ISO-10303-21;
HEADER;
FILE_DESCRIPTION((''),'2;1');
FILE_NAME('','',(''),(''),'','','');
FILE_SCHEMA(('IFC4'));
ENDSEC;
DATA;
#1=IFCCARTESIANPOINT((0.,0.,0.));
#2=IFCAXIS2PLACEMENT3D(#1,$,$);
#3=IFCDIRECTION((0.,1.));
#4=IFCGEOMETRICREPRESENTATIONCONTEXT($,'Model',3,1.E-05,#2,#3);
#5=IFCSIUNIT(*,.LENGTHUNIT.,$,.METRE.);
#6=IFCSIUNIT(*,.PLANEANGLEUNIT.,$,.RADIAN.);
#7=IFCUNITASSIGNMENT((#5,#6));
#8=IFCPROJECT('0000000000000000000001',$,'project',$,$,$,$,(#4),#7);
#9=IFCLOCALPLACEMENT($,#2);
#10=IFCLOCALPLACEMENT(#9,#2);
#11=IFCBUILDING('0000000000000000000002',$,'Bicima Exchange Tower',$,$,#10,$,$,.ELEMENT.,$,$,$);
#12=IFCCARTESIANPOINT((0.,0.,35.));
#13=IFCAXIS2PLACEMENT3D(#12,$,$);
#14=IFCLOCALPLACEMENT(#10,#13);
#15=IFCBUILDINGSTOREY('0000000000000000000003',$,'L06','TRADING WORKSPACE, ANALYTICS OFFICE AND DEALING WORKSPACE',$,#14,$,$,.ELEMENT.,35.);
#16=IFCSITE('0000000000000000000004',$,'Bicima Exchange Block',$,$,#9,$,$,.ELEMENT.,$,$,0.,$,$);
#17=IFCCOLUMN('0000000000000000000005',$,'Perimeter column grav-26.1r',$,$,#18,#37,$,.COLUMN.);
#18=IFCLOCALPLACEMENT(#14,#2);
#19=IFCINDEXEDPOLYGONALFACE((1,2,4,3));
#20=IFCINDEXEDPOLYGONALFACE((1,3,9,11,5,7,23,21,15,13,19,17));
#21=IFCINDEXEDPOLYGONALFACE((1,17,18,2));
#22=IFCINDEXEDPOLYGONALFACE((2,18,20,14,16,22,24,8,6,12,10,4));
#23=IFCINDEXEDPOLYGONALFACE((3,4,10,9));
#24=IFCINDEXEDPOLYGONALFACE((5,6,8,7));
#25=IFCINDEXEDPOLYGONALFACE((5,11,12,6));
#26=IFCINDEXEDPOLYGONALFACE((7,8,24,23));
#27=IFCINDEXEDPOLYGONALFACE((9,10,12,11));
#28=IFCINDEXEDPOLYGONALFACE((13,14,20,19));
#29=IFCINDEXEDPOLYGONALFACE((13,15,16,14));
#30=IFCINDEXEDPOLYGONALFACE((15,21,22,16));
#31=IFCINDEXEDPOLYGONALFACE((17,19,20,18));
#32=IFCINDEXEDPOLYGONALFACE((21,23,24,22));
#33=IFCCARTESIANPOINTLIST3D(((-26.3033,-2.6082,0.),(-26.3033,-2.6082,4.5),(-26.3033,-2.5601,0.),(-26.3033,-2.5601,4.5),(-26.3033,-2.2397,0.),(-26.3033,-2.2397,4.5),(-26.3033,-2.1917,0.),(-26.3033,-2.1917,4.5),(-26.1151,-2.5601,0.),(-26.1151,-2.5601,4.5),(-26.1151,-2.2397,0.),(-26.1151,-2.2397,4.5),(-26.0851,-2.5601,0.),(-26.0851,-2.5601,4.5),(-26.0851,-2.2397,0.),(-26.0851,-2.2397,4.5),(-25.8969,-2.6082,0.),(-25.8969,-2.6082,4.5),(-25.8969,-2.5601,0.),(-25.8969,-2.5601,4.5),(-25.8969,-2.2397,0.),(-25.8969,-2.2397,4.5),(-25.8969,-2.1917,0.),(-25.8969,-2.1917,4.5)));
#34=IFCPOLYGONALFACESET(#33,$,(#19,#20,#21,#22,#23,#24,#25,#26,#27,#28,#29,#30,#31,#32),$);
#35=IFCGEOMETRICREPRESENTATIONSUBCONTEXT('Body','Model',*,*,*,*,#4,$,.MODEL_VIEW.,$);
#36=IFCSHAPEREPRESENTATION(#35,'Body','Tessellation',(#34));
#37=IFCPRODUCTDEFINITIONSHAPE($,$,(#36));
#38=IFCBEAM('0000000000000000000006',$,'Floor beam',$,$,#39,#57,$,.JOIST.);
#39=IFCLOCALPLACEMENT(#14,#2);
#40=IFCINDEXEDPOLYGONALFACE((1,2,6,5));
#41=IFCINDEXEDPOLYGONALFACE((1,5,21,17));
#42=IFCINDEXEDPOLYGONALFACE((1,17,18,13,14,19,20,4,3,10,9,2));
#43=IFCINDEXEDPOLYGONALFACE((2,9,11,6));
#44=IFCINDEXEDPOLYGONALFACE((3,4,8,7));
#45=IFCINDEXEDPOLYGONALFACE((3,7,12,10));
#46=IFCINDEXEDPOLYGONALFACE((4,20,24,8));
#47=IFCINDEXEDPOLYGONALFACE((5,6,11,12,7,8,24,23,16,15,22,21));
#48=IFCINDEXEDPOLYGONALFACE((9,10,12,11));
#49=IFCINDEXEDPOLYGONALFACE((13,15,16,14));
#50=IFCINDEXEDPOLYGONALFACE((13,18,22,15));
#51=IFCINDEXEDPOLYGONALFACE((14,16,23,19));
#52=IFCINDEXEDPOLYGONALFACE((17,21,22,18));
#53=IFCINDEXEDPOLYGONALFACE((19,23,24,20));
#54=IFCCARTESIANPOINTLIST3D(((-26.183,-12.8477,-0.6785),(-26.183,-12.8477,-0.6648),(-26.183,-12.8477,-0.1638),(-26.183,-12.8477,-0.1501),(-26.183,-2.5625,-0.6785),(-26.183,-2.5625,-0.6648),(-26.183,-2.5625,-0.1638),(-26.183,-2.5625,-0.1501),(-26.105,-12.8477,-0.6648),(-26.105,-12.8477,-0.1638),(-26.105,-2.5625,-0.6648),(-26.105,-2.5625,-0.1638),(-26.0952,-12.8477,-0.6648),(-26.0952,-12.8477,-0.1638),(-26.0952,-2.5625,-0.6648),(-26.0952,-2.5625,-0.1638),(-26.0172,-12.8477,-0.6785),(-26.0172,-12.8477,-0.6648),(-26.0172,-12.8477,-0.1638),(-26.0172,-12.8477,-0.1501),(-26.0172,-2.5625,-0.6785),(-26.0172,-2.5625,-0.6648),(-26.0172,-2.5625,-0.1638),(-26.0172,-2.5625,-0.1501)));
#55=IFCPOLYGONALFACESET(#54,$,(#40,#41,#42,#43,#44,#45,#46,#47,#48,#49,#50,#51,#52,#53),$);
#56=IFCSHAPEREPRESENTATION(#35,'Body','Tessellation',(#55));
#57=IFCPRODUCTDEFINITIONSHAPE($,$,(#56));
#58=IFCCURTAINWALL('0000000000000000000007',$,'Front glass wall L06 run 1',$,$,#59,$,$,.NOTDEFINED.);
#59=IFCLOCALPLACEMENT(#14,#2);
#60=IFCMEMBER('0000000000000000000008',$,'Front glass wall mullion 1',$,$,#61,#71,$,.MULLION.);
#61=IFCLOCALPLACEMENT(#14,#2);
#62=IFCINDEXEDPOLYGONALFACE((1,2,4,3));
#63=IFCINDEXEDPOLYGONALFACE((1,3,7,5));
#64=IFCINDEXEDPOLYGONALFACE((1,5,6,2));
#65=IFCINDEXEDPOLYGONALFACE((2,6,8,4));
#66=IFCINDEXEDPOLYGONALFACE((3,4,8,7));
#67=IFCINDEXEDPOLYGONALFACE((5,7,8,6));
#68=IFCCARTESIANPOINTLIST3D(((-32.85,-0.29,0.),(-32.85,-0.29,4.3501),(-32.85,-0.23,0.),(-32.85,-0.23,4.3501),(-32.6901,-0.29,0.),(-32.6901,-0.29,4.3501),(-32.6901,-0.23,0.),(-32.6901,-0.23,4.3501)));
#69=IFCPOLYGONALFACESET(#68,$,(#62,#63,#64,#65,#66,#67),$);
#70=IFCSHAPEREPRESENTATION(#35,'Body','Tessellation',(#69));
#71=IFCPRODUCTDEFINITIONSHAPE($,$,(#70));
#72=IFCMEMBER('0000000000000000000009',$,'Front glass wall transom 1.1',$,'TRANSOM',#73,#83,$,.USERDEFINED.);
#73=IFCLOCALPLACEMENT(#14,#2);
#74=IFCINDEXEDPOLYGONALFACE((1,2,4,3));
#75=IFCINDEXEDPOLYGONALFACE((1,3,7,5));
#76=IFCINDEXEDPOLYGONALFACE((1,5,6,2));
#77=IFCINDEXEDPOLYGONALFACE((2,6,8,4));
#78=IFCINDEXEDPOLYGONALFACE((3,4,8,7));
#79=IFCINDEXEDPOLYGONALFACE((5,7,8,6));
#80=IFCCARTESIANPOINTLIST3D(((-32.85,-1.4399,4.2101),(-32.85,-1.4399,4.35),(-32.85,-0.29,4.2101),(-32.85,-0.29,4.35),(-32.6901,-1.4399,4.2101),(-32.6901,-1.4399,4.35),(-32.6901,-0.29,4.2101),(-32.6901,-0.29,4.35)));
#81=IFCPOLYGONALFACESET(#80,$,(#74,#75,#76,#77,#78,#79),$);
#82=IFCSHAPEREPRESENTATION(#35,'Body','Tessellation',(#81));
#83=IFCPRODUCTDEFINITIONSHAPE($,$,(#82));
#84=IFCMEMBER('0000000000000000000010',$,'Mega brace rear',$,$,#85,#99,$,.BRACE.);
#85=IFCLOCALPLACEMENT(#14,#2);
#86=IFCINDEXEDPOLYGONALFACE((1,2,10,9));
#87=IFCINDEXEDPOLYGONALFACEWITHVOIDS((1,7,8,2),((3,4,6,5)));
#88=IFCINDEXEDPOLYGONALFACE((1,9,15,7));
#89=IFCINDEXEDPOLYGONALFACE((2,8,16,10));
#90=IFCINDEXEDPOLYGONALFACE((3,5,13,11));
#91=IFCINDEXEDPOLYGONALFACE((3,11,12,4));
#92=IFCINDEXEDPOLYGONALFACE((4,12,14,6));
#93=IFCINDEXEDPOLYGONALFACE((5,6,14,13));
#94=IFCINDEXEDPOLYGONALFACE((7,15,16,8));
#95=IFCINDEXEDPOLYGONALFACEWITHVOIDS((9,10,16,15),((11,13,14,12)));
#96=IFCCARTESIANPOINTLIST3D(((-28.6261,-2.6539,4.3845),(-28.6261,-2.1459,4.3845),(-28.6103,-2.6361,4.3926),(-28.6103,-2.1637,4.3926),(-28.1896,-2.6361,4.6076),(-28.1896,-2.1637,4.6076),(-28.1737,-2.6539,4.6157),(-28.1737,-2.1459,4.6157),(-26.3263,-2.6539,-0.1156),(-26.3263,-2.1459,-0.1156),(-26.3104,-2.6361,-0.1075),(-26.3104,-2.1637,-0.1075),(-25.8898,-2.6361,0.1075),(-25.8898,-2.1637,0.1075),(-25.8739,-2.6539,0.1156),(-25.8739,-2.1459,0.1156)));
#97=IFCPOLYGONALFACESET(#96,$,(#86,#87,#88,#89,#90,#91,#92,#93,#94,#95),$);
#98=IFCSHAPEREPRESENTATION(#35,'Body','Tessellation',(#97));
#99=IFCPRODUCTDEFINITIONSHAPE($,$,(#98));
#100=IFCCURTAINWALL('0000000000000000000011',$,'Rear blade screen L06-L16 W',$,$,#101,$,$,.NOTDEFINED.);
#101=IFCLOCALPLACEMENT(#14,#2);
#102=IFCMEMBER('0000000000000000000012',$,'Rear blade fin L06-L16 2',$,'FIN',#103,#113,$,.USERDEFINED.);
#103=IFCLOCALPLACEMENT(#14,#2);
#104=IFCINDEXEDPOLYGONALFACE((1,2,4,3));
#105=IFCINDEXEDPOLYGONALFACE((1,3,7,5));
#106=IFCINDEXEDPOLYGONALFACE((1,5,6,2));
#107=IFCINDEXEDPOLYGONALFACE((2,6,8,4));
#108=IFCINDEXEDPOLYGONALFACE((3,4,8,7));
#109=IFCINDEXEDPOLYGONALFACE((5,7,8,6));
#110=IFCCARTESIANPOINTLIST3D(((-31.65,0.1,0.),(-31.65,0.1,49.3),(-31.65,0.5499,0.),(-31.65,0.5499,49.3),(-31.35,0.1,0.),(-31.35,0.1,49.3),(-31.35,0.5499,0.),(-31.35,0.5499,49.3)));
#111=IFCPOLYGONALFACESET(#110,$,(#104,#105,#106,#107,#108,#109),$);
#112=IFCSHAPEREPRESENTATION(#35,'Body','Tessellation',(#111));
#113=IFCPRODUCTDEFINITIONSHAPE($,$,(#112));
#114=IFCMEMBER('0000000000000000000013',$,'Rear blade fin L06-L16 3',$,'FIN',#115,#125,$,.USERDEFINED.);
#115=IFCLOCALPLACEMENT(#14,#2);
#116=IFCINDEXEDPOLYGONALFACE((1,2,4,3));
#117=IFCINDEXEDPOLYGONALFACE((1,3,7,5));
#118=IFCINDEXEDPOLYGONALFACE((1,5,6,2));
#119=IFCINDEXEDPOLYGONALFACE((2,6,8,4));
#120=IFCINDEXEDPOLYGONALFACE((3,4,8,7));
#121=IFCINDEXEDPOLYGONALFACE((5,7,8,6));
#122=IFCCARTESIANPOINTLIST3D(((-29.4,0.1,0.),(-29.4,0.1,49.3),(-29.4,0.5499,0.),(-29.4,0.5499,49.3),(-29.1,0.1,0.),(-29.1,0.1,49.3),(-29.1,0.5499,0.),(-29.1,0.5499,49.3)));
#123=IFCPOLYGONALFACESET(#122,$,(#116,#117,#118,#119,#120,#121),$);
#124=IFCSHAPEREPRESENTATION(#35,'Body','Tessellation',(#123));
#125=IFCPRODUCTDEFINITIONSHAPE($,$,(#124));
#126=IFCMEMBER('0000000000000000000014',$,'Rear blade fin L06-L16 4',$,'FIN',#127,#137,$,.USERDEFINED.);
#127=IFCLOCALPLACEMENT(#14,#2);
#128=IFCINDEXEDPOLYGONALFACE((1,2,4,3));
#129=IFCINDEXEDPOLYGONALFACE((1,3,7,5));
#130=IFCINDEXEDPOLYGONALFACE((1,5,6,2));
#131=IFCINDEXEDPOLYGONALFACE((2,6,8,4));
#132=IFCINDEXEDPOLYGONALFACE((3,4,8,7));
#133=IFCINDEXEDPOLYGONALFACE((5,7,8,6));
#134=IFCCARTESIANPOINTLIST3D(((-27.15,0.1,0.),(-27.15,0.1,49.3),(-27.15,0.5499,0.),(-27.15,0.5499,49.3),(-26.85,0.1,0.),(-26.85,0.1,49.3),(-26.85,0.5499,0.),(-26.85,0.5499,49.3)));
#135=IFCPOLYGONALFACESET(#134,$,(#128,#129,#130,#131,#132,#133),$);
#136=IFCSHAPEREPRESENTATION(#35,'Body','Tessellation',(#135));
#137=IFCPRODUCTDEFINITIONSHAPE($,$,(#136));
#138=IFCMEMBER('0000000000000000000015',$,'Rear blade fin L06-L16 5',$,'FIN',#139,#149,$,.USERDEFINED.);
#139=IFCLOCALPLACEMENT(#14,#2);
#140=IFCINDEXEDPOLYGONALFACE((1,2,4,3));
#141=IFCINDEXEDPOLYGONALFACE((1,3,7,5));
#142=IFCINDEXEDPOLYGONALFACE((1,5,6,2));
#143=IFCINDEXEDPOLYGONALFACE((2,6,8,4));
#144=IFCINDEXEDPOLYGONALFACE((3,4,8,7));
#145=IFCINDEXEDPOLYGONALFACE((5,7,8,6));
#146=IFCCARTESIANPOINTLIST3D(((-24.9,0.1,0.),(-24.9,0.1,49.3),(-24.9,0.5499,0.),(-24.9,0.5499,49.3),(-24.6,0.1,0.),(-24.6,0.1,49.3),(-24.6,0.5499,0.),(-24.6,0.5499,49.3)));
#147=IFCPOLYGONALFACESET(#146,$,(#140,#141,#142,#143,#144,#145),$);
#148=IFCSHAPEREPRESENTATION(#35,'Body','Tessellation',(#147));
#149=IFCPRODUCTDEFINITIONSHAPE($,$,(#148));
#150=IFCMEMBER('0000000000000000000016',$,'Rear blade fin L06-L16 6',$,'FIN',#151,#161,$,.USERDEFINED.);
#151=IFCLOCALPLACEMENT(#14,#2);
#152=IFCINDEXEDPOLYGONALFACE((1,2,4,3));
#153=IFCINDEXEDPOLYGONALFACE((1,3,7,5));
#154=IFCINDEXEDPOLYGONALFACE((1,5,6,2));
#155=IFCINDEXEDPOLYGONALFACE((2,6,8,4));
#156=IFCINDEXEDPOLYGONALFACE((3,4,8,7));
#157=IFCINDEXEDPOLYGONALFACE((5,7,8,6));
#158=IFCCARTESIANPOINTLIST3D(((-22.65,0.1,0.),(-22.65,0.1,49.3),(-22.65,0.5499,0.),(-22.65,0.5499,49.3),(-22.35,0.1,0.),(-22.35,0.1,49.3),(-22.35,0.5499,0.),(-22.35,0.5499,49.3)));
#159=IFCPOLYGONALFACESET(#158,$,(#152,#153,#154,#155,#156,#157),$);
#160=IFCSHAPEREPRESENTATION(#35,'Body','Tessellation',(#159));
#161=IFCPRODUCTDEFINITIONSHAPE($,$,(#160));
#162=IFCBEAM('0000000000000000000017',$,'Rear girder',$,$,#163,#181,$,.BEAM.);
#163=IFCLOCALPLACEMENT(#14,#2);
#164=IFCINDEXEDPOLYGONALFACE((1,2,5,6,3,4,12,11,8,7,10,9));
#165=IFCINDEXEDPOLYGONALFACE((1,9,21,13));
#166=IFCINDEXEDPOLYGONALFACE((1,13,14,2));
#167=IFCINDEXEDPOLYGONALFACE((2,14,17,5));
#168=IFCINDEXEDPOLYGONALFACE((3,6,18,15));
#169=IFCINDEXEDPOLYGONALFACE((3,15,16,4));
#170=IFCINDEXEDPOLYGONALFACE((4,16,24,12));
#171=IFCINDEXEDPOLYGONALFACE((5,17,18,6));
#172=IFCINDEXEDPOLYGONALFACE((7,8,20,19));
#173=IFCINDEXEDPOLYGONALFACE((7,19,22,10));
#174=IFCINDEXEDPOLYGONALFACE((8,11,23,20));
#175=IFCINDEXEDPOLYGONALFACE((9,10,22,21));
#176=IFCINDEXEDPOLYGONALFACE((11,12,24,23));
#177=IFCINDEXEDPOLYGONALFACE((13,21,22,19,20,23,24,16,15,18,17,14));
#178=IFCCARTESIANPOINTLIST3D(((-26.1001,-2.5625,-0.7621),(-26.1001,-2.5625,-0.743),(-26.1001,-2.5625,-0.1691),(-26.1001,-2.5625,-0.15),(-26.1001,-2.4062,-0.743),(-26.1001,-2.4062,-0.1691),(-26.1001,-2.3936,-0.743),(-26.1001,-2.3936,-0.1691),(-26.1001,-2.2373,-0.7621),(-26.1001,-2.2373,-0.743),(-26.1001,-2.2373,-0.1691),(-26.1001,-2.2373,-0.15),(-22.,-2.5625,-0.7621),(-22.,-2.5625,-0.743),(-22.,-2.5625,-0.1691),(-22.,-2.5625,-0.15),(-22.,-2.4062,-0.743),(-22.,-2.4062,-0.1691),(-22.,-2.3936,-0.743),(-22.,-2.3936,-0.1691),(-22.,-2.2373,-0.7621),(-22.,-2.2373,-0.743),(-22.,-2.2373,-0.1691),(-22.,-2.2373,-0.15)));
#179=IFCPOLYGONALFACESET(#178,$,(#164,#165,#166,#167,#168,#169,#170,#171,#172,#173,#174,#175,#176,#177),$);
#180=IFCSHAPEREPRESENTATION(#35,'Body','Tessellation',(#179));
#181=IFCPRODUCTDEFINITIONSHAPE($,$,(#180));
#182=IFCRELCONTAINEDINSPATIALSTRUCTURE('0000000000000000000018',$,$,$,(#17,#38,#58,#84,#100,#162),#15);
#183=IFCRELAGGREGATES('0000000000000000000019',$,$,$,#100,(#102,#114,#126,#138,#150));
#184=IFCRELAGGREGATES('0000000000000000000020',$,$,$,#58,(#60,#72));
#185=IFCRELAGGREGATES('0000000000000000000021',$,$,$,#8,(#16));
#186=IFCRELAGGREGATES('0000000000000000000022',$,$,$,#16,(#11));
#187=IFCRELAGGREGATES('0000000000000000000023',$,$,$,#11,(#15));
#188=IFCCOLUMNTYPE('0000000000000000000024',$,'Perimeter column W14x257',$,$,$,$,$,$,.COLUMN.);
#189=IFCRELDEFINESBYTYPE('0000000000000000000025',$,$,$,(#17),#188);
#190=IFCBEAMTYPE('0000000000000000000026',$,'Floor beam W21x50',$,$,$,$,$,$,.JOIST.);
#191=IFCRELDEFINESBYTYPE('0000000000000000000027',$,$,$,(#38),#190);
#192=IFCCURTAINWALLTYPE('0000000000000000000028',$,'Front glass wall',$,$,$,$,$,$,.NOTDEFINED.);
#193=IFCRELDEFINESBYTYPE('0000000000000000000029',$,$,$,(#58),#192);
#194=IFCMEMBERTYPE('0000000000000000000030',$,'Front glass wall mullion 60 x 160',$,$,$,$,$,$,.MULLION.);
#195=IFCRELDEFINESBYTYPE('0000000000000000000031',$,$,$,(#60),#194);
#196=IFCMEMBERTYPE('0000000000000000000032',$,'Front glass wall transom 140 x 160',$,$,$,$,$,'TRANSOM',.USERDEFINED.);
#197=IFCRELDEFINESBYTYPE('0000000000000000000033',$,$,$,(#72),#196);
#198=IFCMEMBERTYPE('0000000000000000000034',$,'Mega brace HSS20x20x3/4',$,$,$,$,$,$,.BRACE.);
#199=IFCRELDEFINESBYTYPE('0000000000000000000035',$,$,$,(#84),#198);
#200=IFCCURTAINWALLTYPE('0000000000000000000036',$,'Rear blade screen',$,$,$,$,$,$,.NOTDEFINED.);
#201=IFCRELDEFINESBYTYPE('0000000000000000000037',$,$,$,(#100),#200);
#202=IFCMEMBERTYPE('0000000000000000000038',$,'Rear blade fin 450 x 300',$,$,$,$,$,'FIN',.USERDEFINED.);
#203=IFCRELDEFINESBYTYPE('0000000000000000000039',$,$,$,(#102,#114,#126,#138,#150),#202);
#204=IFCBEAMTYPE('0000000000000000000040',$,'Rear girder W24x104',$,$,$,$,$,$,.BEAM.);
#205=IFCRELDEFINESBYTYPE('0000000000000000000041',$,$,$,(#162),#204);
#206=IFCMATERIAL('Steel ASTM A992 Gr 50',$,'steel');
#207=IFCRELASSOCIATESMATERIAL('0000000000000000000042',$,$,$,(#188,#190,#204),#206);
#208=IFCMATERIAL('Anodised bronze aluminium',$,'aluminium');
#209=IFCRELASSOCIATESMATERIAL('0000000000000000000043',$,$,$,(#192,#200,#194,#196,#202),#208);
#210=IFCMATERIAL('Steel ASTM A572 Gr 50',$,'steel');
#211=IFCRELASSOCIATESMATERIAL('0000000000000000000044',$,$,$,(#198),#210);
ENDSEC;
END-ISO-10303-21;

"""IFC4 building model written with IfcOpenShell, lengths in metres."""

from ifc_helpers import new_model, si_unit, direction, frame, origin, origin_2d, place, context, subcontext, project, spatial, rectangle, hollow_rectangle, i_section, extrude, material, material_profile, profile_set, type_object, element, aggregate, save


model = new_model("IFC4")

# Units and contexts
model_context = context("Model", 3, precision=1e-05, world=origin(), true_north=direction((0.0, 1.0)))
body_context = subcontext(model_context, "Body", "Model", "MODEL_VIEW")
ifc_project = project(units=[si_unit("LENGTHUNIT", "METRE"), si_unit("PLANEANGLEUNIT", "RADIAN")], contexts=[model_context])

# Site, building, storey
site_placement = place(None, origin())
site = spatial("IfcSite", under=ifc_project, at=site_placement, Name="Bicima Exchange Block", CompositionType="ELEMENT", RefElevation=0.0)
building_placement = place(site_placement, origin())
building = spatial("IfcBuilding", under=site, at=building_placement, Name="Bicima Exchange Tower", CompositionType="ELEMENT")
storey_placement = place(building_placement, frame((0.0, 0.0, 35.0)))
storey = spatial("IfcBuildingStorey", under=building, at=storey_placement, Name="L06", Description="TRADING WORKSPACE, ANALYTICS OFFICE AND DEALING WORKSPACE", CompositionType="ELEMENT", Elevation=35.0)

# Column
ifc_material_1 = material(Name="Steel ASTM A992 Gr 50", Category="steel")
ifc_material_profile_1 = material_profile(ifc_material_1, i_section(OverallWidth=0.4065, OverallDepth=0.4165, WebThickness=0.03, FlangeThickness=0.0481, at=origin_2d()))
ifc_profile_set_1 = profile_set([ifc_material_profile_1], Name="Steel ASTM A992 Gr 50")
column_type = type_object("IfcColumnType", Name="Perimeter column W14x257", PredefinedType="COLUMN", material=ifc_profile_set_1)
column_placement = place(storey_placement, frame((-26.1001, -2.3999, 0.0), z_axis=(0.0, 0.0, 1.0), x_axis=(1.0, 0.0, 0.0)))
element("IfcColumn", 1, at=column_placement, inside=storey, type_object=column_type, Name="Perimeter column grav-26.1r", PredefinedType="COLUMN", context=body_context, shape_type="SweptSolid", body=[
    extrude(i_section(OverallWidth=0.4065, OverallDepth=0.4165, WebThickness=0.03, FlangeThickness=0.0481, at=origin_2d()), origin(), (0.0, 0.0, 1.0), 4.5),
])

# Beam
ifc_material_profile_2 = material_profile(ifc_material_1, i_section(OverallWidth=0.1658, OverallDepth=0.5283, WebThickness=0.0098, FlangeThickness=0.0137, at=origin_2d()))
ifc_profile_set_2 = profile_set([ifc_material_profile_2], Name="Steel ASTM A992 Gr 50")
beam_type_1 = type_object("IfcBeamType", Name="Floor beam W21x50", PredefinedType="JOIST", material=ifc_profile_set_2)
beam_1_placement = place(storey_placement, frame((-26.1001, -2.5625, -0.4143), z_axis=(0.0, -1.0, 0.0), x_axis=(1.0, 0.0, 0.0)))
element("IfcBeam", 2, at=beam_1_placement, inside=storey, type_object=beam_type_1, Name="Floor beam", PredefinedType="JOIST", context=body_context, shape_type="SweptSolid", body=[
    extrude(i_section(OverallWidth=0.1658, OverallDepth=0.5283, WebThickness=0.0098, FlangeThickness=0.0137, at=origin_2d()), origin(), (0.0, 0.0, 1.0), 10.2852),
])

# Curtain wall, members
ifc_material_2 = material(Name="Anodised bronze aluminium", Category="aluminium")
curtain_wall_type_1 = type_object("IfcCurtainWallType", Name="Front glass wall", PredefinedType="NOTDEFINED", material=ifc_material_2)
curtain_wall_1_placement = place(storey_placement, origin())
curtain_wall_1 = element("IfcCurtainWall", 3, at=curtain_wall_1_placement, inside=storey, type_object=curtain_wall_type_1, Name="Front glass wall L06 run 1", PredefinedType="NOTDEFINED")
ifc_material_profile_3 = material_profile(ifc_material_2, rectangle(XDim=0.1599, YDim=0.0601, at=origin_2d()))
ifc_profile_set_3 = profile_set([ifc_material_profile_3], Name="Anodised bronze aluminium")
member_type_1 = type_object("IfcMemberType", Name="Front glass wall mullion 60 x 160", PredefinedType="MULLION", material=ifc_profile_set_3)
member_1_placement = place(storey_placement, frame((-32.77, -0.26, 0.0), z_axis=(0.0, 0.0, 1.0), x_axis=(1.0, 0.0, 0.0)))
member_1 = element("IfcMember", 4, at=member_1_placement, type_object=member_type_1, Name="Front glass wall mullion 1", PredefinedType="MULLION", context=body_context, shape_type="SweptSolid", body=[
    extrude(rectangle(XDim=0.1599, YDim=0.0601, at=origin_2d()), origin(), (0.0, 0.0, 1.0), 4.3501),
])
ifc_material_profile_4 = material_profile(ifc_material_2, rectangle(XDim=0.1599, YDim=0.1399, at=origin_2d()))
ifc_profile_set_4 = profile_set([ifc_material_profile_4], Name="Anodised bronze aluminium")
member_type_2 = type_object("IfcMemberType", Name="Front glass wall transom 140 x 160", ElementType="TRANSOM", PredefinedType="USERDEFINED", material=ifc_profile_set_4)
member_2_placement = place(storey_placement, frame((-32.77, -0.29, 4.28), z_axis=(0.0, -1.0, 0.0), x_axis=(1.0, 0.0, 0.0)))
member_2 = element("IfcMember", 5, at=member_2_placement, type_object=member_type_2, Name="Front glass wall transom 1.1", ObjectType="TRANSOM", PredefinedType="USERDEFINED", context=body_context, shape_type="SweptSolid", body=[
    extrude(rectangle(XDim=0.1599, YDim=0.1399, at=origin_2d()), origin(), (0.0, 0.0, 1.0), 1.1499),
])

# Member
ifc_material_3 = material(Name="Steel ASTM A572 Gr 50", Category="steel")
ifc_material_profile_5 = material_profile(ifc_material_3, hollow_rectangle(XDim=0.5081, YDim=0.5081, WallThickness=0.0178, at=origin_2d()))
ifc_profile_set_5 = profile_set([ifc_material_profile_5], Name="Steel ASTM A572 Gr 50")
member_type_3 = type_object("IfcMemberType", Name="Mega brace HSS20x20x3/4", PredefinedType="BRACE", material=ifc_profile_set_5)
member_3_placement = place(storey_placement, frame((-26.1001, -2.3999, 0.0), z_axis=(-0.45508, 0.0, 0.89045), x_axis=(0.0, -1.0, 0.0)))
element("IfcMember", 6, at=member_3_placement, inside=storey, type_object=member_type_3, Name="Mega brace rear", PredefinedType="BRACE", context=body_context, shape_type="SweptSolid", body=[
    extrude(hollow_rectangle(XDim=0.5081, YDim=0.5081, WallThickness=0.0178, at=origin_2d()), origin(), (0.0, 0.0, 1.0), 5.0537),
])

# Curtain wall, members
curtain_wall_type_2 = type_object("IfcCurtainWallType", Name="Rear blade screen", PredefinedType="NOTDEFINED", material=ifc_material_2)
curtain_wall_2_placement = place(storey_placement, origin())
curtain_wall_2 = element("IfcCurtainWall", 7, at=curtain_wall_2_placement, inside=storey, type_object=curtain_wall_type_2, Name="Rear blade screen L06-L16 W", PredefinedType="NOTDEFINED")
ifc_material_profile_6 = material_profile(ifc_material_2, rectangle(XDim=0.45, YDim=0.3, at=origin_2d()))
ifc_profile_set_6 = profile_set([ifc_material_profile_6], Name="Anodised bronze aluminium")
member_type_4 = type_object("IfcMemberType", Name="Rear blade fin 450 x 300", ElementType="FIN", PredefinedType="USERDEFINED", material=ifc_profile_set_6)
member_4_placement = place(storey_placement, frame((-31.5, 0.325, 0.0), z_axis=(0.0, 0.0, 1.0), x_axis=(0.0, 1.0, 0.0)))
member_4 = element("IfcMember", 8, at=member_4_placement, type_object=member_type_4, Name="Rear blade fin L06-L16 2", ObjectType="FIN", PredefinedType="USERDEFINED", context=body_context, shape_type="SweptSolid", body=[
    extrude(rectangle(XDim=0.45, YDim=0.3, at=origin_2d()), origin(), (0.0, 0.0, 1.0), 49.3),
])
member_5_placement = place(storey_placement, frame((-29.25, 0.325, 0.0), z_axis=(0.0, 0.0, 1.0), x_axis=(0.0, 1.0, 0.0)))
member_5 = element("IfcMember", 9, at=member_5_placement, type_object=member_type_4, Name="Rear blade fin L06-L16 3", ObjectType="FIN", PredefinedType="USERDEFINED", context=body_context, shape_type="SweptSolid", body=[
    extrude(rectangle(XDim=0.45, YDim=0.3, at=origin_2d()), origin(), (0.0, 0.0, 1.0), 49.3),
])
member_6_placement = place(storey_placement, frame((-27.0, 0.325, 0.0), z_axis=(0.0, 0.0, 1.0), x_axis=(0.0, 1.0, 0.0)))
member_6 = element("IfcMember", 10, at=member_6_placement, type_object=member_type_4, Name="Rear blade fin L06-L16 4", ObjectType="FIN", PredefinedType="USERDEFINED", context=body_context, shape_type="SweptSolid", body=[
    extrude(rectangle(XDim=0.45, YDim=0.3, at=origin_2d()), origin(), (0.0, 0.0, 1.0), 49.3),
])
member_7_placement = place(storey_placement, frame((-24.75, 0.325, 0.0), z_axis=(0.0, 0.0, 1.0), x_axis=(0.0, 1.0, 0.0)))
member_7 = element("IfcMember", 11, at=member_7_placement, type_object=member_type_4, Name="Rear blade fin L06-L16 5", ObjectType="FIN", PredefinedType="USERDEFINED", context=body_context, shape_type="SweptSolid", body=[
    extrude(rectangle(XDim=0.45, YDim=0.3, at=origin_2d()), origin(), (0.0, 0.0, 1.0), 49.3),
])
member_8_placement = place(storey_placement, frame((-22.5, 0.325, 0.0), z_axis=(0.0, 0.0, 1.0), x_axis=(0.0, 1.0, 0.0)))
member_8 = element("IfcMember", 12, at=member_8_placement, type_object=member_type_4, Name="Rear blade fin L06-L16 6", ObjectType="FIN", PredefinedType="USERDEFINED", context=body_context, shape_type="SweptSolid", body=[
    extrude(rectangle(XDim=0.45, YDim=0.3, at=origin_2d()), origin(), (0.0, 0.0, 1.0), 49.3),
])
aggregate(curtain_wall_2, [member_4, member_5, member_6, member_7, member_8])

# Beam
ifc_material_profile_7 = material_profile(ifc_material_1, i_section(OverallWidth=0.3252, OverallDepth=0.6121, WebThickness=0.0127, FlangeThickness=0.019, at=origin_2d()))
ifc_profile_set_7 = profile_set([ifc_material_profile_7], Name="Steel ASTM A992 Gr 50")
beam_type_2 = type_object("IfcBeamType", Name="Rear girder W24x104", PredefinedType="BEAM", material=ifc_profile_set_7)
beam_2_placement = place(storey_placement, frame((-22.0, -2.3999, -0.4561), z_axis=(-1.0, 0.0, 0.0), x_axis=(0.0, -1.0, 0.0)))
element("IfcBeam", 13, at=beam_2_placement, inside=storey, type_object=beam_type_2, Name="Rear girder", PredefinedType="BEAM", context=body_context, shape_type="SweptSolid", body=[
    extrude(i_section(OverallWidth=0.3252, OverallDepth=0.6121, WebThickness=0.0127, FlangeThickness=0.019, at=origin_2d()), origin(), (0.0, 0.0, 1.0), 4.1001),
])

aggregate(curtain_wall_1, [member_1, member_2])

save(model, "model.ifc")
